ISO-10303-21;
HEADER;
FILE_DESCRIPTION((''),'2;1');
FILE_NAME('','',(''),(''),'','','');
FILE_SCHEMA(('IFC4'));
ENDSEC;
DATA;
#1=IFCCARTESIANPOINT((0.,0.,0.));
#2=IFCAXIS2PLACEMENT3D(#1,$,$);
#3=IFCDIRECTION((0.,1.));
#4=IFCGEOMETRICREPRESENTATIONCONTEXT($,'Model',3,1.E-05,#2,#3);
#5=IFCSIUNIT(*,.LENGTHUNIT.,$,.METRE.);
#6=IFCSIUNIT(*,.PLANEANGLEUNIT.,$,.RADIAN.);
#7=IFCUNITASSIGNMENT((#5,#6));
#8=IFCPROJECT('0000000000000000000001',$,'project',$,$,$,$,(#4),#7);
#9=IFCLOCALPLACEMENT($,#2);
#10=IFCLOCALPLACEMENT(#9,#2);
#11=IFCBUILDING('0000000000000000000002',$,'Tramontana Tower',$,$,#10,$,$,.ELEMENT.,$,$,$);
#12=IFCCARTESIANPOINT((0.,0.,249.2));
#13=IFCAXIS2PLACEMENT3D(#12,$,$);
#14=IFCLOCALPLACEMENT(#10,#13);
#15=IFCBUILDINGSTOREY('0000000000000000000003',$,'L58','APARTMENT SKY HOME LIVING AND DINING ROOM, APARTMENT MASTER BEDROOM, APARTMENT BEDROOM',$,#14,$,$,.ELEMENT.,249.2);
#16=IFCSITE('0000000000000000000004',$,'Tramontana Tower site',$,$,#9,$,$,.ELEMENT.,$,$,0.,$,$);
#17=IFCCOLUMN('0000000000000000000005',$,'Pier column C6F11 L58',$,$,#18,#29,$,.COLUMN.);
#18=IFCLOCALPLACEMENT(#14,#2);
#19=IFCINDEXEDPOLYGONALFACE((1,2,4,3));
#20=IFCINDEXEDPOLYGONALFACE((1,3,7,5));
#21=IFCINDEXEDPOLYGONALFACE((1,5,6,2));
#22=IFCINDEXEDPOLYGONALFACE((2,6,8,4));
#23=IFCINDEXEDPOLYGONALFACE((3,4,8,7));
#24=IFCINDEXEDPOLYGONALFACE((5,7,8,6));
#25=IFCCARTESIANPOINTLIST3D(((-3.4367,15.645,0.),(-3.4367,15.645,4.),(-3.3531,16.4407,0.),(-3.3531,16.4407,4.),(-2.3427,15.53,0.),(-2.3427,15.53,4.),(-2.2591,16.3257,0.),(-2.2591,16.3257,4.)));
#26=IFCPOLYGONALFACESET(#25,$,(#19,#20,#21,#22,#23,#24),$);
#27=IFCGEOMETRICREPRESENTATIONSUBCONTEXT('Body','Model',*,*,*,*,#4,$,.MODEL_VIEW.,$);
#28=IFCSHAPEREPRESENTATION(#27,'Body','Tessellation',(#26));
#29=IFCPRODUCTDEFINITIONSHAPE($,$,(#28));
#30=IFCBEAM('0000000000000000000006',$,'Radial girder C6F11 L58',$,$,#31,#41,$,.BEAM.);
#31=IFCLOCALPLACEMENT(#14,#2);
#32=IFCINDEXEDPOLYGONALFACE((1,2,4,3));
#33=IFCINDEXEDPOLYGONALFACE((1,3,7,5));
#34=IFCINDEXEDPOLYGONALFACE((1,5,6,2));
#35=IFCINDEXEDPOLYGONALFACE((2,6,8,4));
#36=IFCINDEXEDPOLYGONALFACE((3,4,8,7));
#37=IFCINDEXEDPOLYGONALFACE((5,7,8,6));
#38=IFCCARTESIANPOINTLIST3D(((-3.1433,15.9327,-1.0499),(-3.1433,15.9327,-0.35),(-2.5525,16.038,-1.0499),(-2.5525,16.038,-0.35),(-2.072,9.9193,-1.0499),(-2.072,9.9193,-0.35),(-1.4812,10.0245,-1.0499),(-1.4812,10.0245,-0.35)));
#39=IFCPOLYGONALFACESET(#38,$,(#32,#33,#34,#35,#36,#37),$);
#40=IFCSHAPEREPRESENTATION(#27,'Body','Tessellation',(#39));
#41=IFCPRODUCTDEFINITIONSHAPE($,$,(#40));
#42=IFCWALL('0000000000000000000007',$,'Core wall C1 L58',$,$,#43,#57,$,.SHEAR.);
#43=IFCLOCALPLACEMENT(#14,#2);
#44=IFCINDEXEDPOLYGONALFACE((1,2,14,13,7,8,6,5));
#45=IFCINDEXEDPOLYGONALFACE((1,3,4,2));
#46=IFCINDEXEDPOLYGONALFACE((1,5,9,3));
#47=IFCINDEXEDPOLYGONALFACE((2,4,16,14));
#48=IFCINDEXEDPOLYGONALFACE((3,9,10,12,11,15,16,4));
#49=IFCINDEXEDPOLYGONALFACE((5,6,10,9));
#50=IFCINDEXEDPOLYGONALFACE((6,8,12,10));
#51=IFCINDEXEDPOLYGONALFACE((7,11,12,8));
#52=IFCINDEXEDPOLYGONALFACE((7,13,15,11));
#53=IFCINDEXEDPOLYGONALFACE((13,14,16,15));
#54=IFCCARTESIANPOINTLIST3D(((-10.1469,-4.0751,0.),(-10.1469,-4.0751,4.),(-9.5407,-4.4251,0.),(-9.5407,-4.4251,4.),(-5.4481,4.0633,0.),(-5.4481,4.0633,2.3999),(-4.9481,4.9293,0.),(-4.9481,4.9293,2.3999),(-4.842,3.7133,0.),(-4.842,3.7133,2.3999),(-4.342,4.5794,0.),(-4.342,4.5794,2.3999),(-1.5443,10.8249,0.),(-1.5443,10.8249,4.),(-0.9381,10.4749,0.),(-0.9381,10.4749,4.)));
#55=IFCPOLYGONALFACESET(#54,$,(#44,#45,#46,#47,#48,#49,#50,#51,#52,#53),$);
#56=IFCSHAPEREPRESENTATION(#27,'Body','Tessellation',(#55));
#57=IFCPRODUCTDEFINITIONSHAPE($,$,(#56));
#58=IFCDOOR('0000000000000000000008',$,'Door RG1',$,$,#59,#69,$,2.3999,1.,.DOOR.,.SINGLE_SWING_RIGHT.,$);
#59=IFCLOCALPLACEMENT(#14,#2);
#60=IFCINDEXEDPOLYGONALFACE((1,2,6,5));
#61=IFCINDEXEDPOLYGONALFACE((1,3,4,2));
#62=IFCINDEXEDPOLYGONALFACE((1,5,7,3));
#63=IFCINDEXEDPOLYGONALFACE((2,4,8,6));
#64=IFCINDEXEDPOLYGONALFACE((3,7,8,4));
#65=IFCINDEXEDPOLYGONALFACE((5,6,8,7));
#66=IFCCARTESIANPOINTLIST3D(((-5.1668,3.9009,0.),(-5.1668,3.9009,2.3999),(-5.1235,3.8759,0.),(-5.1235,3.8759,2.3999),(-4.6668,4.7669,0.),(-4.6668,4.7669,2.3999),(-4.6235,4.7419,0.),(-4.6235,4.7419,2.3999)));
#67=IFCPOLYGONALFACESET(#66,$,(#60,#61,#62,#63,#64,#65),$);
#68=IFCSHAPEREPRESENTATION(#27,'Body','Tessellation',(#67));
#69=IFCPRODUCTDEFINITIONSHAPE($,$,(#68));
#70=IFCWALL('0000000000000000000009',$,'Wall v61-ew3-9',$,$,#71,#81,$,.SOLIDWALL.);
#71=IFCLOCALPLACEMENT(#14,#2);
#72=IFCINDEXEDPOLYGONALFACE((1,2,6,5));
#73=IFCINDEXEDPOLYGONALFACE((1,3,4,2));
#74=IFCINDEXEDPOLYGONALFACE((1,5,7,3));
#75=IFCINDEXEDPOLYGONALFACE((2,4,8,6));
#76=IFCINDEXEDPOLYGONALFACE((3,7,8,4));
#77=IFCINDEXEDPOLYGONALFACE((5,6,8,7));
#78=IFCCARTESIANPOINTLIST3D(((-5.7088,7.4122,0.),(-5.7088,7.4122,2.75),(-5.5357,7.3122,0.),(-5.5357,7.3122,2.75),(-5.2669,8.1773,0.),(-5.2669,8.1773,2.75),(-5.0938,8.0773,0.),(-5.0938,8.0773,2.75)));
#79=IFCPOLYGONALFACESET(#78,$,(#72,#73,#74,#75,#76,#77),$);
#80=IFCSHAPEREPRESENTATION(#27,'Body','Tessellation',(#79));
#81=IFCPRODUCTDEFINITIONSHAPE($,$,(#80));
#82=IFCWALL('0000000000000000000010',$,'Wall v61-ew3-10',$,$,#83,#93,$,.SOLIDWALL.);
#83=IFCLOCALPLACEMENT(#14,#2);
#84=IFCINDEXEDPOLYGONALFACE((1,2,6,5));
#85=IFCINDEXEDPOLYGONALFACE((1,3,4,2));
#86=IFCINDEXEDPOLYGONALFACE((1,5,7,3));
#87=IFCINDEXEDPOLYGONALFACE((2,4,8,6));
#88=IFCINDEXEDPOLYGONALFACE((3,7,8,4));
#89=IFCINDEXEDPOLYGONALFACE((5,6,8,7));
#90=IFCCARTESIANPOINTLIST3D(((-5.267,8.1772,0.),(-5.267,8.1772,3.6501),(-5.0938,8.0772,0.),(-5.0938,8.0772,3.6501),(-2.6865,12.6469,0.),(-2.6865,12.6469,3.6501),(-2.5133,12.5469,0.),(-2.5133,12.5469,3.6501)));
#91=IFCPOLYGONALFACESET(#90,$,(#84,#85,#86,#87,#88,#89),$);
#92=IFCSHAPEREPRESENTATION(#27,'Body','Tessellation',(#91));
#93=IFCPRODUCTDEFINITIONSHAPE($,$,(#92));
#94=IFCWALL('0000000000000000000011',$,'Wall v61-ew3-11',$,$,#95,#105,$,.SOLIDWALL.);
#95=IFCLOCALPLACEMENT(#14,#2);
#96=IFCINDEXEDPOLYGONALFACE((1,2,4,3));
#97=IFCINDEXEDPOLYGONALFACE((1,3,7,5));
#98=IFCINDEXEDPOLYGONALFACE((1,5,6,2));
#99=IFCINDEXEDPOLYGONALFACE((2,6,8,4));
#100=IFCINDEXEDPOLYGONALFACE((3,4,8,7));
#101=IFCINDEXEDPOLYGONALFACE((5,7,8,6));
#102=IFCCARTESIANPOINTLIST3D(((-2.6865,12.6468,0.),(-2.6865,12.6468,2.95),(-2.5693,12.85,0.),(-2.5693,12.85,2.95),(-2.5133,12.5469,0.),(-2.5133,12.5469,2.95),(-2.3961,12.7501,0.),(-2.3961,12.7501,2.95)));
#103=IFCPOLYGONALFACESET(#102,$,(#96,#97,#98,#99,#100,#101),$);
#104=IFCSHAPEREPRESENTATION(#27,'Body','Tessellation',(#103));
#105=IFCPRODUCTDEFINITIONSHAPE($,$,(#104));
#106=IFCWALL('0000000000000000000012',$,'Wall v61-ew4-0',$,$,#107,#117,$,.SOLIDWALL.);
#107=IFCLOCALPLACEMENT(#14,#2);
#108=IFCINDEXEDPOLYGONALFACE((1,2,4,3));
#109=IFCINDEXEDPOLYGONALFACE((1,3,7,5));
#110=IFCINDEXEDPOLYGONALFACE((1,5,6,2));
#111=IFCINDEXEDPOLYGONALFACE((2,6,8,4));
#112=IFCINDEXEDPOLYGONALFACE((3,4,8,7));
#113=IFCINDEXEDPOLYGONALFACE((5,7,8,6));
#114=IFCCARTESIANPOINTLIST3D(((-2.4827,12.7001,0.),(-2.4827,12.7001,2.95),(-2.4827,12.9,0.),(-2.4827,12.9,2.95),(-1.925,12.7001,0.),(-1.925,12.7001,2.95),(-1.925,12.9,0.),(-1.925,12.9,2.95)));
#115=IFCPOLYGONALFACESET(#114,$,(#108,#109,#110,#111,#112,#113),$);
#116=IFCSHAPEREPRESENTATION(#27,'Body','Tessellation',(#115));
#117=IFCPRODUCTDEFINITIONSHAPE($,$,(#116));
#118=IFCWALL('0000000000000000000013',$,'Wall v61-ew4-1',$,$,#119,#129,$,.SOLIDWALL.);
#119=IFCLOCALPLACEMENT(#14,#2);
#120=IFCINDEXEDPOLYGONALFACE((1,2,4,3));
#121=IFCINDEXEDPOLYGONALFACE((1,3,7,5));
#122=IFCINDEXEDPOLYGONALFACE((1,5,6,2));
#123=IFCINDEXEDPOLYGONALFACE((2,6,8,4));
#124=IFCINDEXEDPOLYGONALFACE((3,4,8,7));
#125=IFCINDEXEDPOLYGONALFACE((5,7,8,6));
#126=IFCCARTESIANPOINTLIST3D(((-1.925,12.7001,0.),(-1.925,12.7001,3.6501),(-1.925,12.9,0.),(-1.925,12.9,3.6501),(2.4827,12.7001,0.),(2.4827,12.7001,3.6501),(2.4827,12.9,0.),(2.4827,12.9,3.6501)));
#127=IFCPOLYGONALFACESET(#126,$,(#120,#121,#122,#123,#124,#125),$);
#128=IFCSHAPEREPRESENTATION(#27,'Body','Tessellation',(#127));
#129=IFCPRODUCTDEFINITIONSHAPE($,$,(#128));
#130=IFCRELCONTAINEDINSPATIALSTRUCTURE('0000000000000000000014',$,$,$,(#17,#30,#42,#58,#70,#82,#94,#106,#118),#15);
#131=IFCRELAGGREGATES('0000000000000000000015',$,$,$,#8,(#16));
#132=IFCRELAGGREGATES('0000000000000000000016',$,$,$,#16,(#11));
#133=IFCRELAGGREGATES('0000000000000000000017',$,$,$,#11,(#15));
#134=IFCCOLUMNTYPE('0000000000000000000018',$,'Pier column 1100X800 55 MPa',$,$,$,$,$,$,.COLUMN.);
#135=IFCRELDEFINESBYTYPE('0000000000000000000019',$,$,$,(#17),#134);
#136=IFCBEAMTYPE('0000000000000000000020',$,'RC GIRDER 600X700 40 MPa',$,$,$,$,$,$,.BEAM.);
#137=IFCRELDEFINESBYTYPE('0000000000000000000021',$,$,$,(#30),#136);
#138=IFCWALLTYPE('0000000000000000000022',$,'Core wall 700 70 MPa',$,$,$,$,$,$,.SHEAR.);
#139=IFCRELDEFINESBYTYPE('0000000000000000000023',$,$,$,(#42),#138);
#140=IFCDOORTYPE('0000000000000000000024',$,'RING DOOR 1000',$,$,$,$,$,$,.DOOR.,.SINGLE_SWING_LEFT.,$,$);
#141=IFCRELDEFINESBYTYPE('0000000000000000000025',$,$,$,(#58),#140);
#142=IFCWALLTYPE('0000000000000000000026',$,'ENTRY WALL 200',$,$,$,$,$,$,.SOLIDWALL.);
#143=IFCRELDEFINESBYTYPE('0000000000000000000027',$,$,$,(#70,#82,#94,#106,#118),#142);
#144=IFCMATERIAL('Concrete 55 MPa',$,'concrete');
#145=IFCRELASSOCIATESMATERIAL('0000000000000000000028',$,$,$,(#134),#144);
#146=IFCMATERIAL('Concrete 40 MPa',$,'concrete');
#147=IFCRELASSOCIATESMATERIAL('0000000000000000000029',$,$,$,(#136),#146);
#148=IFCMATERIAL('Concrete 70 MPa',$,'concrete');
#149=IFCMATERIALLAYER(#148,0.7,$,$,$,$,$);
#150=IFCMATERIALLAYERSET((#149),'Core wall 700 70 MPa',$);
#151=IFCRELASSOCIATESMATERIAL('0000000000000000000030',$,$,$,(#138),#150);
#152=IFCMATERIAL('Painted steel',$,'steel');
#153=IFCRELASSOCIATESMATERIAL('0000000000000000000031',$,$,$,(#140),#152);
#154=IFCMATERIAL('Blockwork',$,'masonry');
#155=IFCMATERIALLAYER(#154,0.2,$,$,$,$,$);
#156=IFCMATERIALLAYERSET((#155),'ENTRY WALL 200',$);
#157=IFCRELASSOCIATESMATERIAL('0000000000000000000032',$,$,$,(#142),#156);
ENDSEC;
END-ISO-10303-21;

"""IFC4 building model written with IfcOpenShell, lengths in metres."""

from ifc_helpers import new_model, si_unit, direction, frame, frame_2d, origin, origin_2d, place, context, subcontext, project, spatial, rectangle, extrude, material, layer, layer_set, material_profile, profile_set, type_object, element, fill, save


model = new_model("IFC4")

# Units and contexts
model_context = context("Model", 3, precision=1e-05, world=origin(), true_north=direction((0.0, 1.0)))
body_context = subcontext(model_context, "Body", "Model", "MODEL_VIEW")
ifc_project = project(units=[si_unit("LENGTHUNIT", "METRE"), si_unit("PLANEANGLEUNIT", "RADIAN")], contexts=[model_context])

# Site, building, storey
site_placement = place(None, origin())
site = spatial("IfcSite", under=ifc_project, at=site_placement, Name="Tramontana Tower site", CompositionType="ELEMENT", RefElevation=0.0)
building_placement = place(site_placement, origin())
building = spatial("IfcBuilding", under=site, at=building_placement, Name="Tramontana Tower", CompositionType="ELEMENT")
storey_placement = place(building_placement, frame((0.0, 0.0, 249.2)))
storey = spatial("IfcBuildingStorey", under=building, at=storey_placement, Name="L58", Description="APARTMENT SKY HOME LIVING AND DINING ROOM, APARTMENT MASTER BEDROOM, APARTMENT BEDROOM", CompositionType="ELEMENT", Elevation=249.2)

# Column
ifc_material_1 = material(Name="Concrete 55 MPa", Category="concrete")
ifc_material_profile_1 = material_profile(ifc_material_1, rectangle(XDim=1.1001, YDim=0.8, at=origin_2d()), Name="Pier column 1100X800 55 MPa")
ifc_profile_set_1 = profile_set([ifc_material_profile_1], Name="Concrete 55 MPa")
column_type = type_object("IfcColumnType", Name="Pier column 1100X800 55 MPa", PredefinedType="COLUMN", material=ifc_profile_set_1)
column_placement = place(storey_placement, frame((-2.8479, 15.9854, 0.0), z_axis=(0.0, 0.0, 1.0), x_axis=(-0.994522, 0.104528, 0.0)))
element("IfcColumn", 1, at=column_placement, inside=storey, type_object=column_type, Name="Pier column C6F11 L58", PredefinedType="COLUMN", context=body_context, shape_type="SweptSolid", body=[
    extrude(rectangle(XDim=1.1001, YDim=0.8, at=origin_2d()), origin(), (0.0, 0.0, 1.0), 4.0),
])

# Beam
ifc_material_2 = material(Name="Concrete 40 MPa", Category="concrete")
ifc_material_profile_2 = material_profile(ifc_material_2, rectangle(XDim=0.6001, YDim=0.7, at=origin_2d()), Name="RC GIRDER 600X700 40 MPa")
ifc_profile_set_2 = profile_set([ifc_material_profile_2], Name="Concrete 40 MPa")
beam_type = type_object("IfcBeamType", Name="RC GIRDER 600X700 40 MPa", PredefinedType="BEAM", material=ifc_profile_set_2)
beam_placement = place(storey_placement, frame((-2.8479, 15.9854, -0.7), z_axis=(0.175388, -0.984499, 0.0), x_axis=(0.984499, 0.175388, 0.0)))
element("IfcBeam", 2, at=beam_placement, inside=storey, type_object=beam_type, Name="Radial girder C6F11 L58", PredefinedType="BEAM", context=body_context, shape_type="SweptSolid", body=[
    extrude(rectangle(XDim=0.6001, YDim=0.7, at=origin_2d()), origin(), (0.0, 0.0, 1.0), 6.1082),
])

# Wall, opening, door
ifc_material_3 = material(Name="Concrete 70 MPa", Category="concrete")
ifc_layer_1 = layer(ifc_material_3, 0.7)
ifc_layer_set_1 = layer_set([ifc_layer_1], Name="Core wall 700 70 MPa")
wall_type_1 = type_object("IfcWallType", Name="Core wall 700 70 MPa", PredefinedType="SHEAR", material=ifc_layer_set_1)
wall_1_placement = place(storey_placement, frame((-1.2412, 10.6499, 0.0), z_axis=(0.0, 0.0, 1.0), x_axis=(-0.500003, -0.866023, 0.0)))
wall_1 = element("IfcWall", 3, at=wall_1_placement, inside=storey, type_object=wall_type_1, Name="Core wall C1 L58", PredefinedType="SHEAR", context=body_context, shape_type="SweptSolid", body=[
    extrude(rectangle(XDim=17.2051, YDim=0.7, at=frame_2d((8.6025, 0.0))), origin(), (0.0, 0.0, 1.0), 4.0),
])
opening_1_placement = place(wall_1_placement, frame((6.8076, 0.0, 0.0)))
opening_1 = element("IfcOpeningElement", 4, at=opening_1_placement, cuts=wall_1, PredefinedType="OPENING", context=body_context, shape_type="SweptSolid", body=[
    extrude(rectangle(XDim=1.0, YDim=2.3999, at=frame_2d((0.5, 1.2))), frame((0.0, 0.3599, 0.0), z_axis=(0.0, -1.0, 0.0), x_axis=(1.0, 0.0, 0.0)), (0.0, 0.0, 1.0), 0.72),
])
ifc_material_4 = material(Name="Painted steel", Category="steel")
door_type_1 = type_object("IfcDoorType", Name="RING DOOR 1000", OperationType="SINGLE_SWING_LEFT", PredefinedType="DOOR", material=ifc_material_4)
door_1_placement = place(opening_1_placement, origin())
door_1 = element("IfcDoor", 5, at=door_1_placement, inside=storey, type_object=door_type_1, Name="Door RG1", OperationType="SINGLE_SWING_RIGHT", OverallHeight=2.3999, OverallWidth=1.0, PredefinedType="DOOR", context=body_context, shape_type="SweptSolid", body=[
    extrude(rectangle(XDim=1.0, YDim=2.3999, at=frame_2d((0.5, 1.2))), frame((0.0, 0.0249, 0.0), z_axis=(0.0, -1.0, 0.0), x_axis=(1.0, 0.0, 0.0)), (0.0, 0.0, 1.0), 0.05),
])
fill(opening_1, door_1)

# Walls
ifc_material_5 = material(Name="Blockwork", Category="masonry")
ifc_layer_2 = layer(ifc_material_5, 0.2)
ifc_layer_set_2 = layer_set([ifc_layer_2], Name="ENTRY WALL 200")
wall_type_2 = type_object("IfcWallType", Name="ENTRY WALL 200", PredefinedType="SOLIDWALL", material=ifc_layer_set_2)
wall_2_placement = place(storey_placement, frame((-5.6223, 7.3621, 0.0), z_axis=(0.0, 0.0, 1.0), x_axis=(0.500121, 0.865955, 0.0)))
element("IfcWall", 6, at=wall_2_placement, inside=storey, type_object=wall_type_2, Name="Wall v61-ew3-9", PredefinedType="SOLIDWALL", context=body_context, shape_type="SweptSolid", body=[
    extrude(rectangle(XDim=0.8835, YDim=0.2, at=frame_2d((0.4419, 0.0))), origin(), (0.0, 0.0, 1.0), 2.75),
])
wall_3_placement = place(storey_placement, frame((-5.1804, 8.1272, 0.0), z_axis=(0.0, 0.0, 1.0), x_axis=(0.499995, 0.866028, 0.0)))
element("IfcWall", 7, at=wall_3_placement, inside=storey, type_object=wall_type_2, Name="Wall v61-ew3-10", PredefinedType="SOLIDWALL", context=body_context, shape_type="SweptSolid", body=[
    extrude(rectangle(XDim=5.1611, YDim=0.2, at=frame_2d((2.5806, 0.0))), origin(), (0.0, 0.0, 1.0), 3.6501),
])
wall_4_placement = place(storey_placement, frame((-2.5999, 12.5969, 0.0), z_axis=(0.0, 0.0, 1.0), x_axis=(0.499722, 0.866186, 0.0)))
element("IfcWall", 8, at=wall_4_placement, inside=storey, type_object=wall_type_2, Name="Wall v61-ew3-11", PredefinedType="SOLIDWALL", context=body_context, shape_type="SweptSolid", body=[
    extrude(rectangle(XDim=0.2346, YDim=0.2, at=frame_2d((0.1172, 0.0))), origin(), (0.0, 0.0, 1.0), 2.95),
])
wall_5_placement = place(storey_placement, frame((-2.4827, 12.8, 0.0), z_axis=(0.0, 0.0, 1.0), x_axis=(1.0, 0.0, 0.0)))
element("IfcWall", 9, at=wall_5_placement, inside=storey, type_object=wall_type_2, Name="Wall v61-ew4-0", PredefinedType="SOLIDWALL", context=body_context, shape_type="SweptSolid", body=[
    extrude(rectangle(XDim=0.5576, YDim=0.2, at=frame_2d((0.2788, 0.0))), origin(), (0.0, 0.0, 1.0), 2.95),
])
wall_6_placement = place(storey_placement, frame((-1.925, 12.8, 0.0), z_axis=(0.0, 0.0, 1.0), x_axis=(1.0, 0.0, 0.0)))
element("IfcWall", 10, at=wall_6_placement, inside=storey, type_object=wall_type_2, Name="Wall v61-ew4-1", PredefinedType="SOLIDWALL", context=body_context, shape_type="SweptSolid", body=[
    extrude(rectangle(XDim=4.4077, YDim=0.2, at=frame_2d((2.2039, 0.0))), origin(), (0.0, 0.0, 1.0), 3.6501),
])

save(model, "model.ifc")
